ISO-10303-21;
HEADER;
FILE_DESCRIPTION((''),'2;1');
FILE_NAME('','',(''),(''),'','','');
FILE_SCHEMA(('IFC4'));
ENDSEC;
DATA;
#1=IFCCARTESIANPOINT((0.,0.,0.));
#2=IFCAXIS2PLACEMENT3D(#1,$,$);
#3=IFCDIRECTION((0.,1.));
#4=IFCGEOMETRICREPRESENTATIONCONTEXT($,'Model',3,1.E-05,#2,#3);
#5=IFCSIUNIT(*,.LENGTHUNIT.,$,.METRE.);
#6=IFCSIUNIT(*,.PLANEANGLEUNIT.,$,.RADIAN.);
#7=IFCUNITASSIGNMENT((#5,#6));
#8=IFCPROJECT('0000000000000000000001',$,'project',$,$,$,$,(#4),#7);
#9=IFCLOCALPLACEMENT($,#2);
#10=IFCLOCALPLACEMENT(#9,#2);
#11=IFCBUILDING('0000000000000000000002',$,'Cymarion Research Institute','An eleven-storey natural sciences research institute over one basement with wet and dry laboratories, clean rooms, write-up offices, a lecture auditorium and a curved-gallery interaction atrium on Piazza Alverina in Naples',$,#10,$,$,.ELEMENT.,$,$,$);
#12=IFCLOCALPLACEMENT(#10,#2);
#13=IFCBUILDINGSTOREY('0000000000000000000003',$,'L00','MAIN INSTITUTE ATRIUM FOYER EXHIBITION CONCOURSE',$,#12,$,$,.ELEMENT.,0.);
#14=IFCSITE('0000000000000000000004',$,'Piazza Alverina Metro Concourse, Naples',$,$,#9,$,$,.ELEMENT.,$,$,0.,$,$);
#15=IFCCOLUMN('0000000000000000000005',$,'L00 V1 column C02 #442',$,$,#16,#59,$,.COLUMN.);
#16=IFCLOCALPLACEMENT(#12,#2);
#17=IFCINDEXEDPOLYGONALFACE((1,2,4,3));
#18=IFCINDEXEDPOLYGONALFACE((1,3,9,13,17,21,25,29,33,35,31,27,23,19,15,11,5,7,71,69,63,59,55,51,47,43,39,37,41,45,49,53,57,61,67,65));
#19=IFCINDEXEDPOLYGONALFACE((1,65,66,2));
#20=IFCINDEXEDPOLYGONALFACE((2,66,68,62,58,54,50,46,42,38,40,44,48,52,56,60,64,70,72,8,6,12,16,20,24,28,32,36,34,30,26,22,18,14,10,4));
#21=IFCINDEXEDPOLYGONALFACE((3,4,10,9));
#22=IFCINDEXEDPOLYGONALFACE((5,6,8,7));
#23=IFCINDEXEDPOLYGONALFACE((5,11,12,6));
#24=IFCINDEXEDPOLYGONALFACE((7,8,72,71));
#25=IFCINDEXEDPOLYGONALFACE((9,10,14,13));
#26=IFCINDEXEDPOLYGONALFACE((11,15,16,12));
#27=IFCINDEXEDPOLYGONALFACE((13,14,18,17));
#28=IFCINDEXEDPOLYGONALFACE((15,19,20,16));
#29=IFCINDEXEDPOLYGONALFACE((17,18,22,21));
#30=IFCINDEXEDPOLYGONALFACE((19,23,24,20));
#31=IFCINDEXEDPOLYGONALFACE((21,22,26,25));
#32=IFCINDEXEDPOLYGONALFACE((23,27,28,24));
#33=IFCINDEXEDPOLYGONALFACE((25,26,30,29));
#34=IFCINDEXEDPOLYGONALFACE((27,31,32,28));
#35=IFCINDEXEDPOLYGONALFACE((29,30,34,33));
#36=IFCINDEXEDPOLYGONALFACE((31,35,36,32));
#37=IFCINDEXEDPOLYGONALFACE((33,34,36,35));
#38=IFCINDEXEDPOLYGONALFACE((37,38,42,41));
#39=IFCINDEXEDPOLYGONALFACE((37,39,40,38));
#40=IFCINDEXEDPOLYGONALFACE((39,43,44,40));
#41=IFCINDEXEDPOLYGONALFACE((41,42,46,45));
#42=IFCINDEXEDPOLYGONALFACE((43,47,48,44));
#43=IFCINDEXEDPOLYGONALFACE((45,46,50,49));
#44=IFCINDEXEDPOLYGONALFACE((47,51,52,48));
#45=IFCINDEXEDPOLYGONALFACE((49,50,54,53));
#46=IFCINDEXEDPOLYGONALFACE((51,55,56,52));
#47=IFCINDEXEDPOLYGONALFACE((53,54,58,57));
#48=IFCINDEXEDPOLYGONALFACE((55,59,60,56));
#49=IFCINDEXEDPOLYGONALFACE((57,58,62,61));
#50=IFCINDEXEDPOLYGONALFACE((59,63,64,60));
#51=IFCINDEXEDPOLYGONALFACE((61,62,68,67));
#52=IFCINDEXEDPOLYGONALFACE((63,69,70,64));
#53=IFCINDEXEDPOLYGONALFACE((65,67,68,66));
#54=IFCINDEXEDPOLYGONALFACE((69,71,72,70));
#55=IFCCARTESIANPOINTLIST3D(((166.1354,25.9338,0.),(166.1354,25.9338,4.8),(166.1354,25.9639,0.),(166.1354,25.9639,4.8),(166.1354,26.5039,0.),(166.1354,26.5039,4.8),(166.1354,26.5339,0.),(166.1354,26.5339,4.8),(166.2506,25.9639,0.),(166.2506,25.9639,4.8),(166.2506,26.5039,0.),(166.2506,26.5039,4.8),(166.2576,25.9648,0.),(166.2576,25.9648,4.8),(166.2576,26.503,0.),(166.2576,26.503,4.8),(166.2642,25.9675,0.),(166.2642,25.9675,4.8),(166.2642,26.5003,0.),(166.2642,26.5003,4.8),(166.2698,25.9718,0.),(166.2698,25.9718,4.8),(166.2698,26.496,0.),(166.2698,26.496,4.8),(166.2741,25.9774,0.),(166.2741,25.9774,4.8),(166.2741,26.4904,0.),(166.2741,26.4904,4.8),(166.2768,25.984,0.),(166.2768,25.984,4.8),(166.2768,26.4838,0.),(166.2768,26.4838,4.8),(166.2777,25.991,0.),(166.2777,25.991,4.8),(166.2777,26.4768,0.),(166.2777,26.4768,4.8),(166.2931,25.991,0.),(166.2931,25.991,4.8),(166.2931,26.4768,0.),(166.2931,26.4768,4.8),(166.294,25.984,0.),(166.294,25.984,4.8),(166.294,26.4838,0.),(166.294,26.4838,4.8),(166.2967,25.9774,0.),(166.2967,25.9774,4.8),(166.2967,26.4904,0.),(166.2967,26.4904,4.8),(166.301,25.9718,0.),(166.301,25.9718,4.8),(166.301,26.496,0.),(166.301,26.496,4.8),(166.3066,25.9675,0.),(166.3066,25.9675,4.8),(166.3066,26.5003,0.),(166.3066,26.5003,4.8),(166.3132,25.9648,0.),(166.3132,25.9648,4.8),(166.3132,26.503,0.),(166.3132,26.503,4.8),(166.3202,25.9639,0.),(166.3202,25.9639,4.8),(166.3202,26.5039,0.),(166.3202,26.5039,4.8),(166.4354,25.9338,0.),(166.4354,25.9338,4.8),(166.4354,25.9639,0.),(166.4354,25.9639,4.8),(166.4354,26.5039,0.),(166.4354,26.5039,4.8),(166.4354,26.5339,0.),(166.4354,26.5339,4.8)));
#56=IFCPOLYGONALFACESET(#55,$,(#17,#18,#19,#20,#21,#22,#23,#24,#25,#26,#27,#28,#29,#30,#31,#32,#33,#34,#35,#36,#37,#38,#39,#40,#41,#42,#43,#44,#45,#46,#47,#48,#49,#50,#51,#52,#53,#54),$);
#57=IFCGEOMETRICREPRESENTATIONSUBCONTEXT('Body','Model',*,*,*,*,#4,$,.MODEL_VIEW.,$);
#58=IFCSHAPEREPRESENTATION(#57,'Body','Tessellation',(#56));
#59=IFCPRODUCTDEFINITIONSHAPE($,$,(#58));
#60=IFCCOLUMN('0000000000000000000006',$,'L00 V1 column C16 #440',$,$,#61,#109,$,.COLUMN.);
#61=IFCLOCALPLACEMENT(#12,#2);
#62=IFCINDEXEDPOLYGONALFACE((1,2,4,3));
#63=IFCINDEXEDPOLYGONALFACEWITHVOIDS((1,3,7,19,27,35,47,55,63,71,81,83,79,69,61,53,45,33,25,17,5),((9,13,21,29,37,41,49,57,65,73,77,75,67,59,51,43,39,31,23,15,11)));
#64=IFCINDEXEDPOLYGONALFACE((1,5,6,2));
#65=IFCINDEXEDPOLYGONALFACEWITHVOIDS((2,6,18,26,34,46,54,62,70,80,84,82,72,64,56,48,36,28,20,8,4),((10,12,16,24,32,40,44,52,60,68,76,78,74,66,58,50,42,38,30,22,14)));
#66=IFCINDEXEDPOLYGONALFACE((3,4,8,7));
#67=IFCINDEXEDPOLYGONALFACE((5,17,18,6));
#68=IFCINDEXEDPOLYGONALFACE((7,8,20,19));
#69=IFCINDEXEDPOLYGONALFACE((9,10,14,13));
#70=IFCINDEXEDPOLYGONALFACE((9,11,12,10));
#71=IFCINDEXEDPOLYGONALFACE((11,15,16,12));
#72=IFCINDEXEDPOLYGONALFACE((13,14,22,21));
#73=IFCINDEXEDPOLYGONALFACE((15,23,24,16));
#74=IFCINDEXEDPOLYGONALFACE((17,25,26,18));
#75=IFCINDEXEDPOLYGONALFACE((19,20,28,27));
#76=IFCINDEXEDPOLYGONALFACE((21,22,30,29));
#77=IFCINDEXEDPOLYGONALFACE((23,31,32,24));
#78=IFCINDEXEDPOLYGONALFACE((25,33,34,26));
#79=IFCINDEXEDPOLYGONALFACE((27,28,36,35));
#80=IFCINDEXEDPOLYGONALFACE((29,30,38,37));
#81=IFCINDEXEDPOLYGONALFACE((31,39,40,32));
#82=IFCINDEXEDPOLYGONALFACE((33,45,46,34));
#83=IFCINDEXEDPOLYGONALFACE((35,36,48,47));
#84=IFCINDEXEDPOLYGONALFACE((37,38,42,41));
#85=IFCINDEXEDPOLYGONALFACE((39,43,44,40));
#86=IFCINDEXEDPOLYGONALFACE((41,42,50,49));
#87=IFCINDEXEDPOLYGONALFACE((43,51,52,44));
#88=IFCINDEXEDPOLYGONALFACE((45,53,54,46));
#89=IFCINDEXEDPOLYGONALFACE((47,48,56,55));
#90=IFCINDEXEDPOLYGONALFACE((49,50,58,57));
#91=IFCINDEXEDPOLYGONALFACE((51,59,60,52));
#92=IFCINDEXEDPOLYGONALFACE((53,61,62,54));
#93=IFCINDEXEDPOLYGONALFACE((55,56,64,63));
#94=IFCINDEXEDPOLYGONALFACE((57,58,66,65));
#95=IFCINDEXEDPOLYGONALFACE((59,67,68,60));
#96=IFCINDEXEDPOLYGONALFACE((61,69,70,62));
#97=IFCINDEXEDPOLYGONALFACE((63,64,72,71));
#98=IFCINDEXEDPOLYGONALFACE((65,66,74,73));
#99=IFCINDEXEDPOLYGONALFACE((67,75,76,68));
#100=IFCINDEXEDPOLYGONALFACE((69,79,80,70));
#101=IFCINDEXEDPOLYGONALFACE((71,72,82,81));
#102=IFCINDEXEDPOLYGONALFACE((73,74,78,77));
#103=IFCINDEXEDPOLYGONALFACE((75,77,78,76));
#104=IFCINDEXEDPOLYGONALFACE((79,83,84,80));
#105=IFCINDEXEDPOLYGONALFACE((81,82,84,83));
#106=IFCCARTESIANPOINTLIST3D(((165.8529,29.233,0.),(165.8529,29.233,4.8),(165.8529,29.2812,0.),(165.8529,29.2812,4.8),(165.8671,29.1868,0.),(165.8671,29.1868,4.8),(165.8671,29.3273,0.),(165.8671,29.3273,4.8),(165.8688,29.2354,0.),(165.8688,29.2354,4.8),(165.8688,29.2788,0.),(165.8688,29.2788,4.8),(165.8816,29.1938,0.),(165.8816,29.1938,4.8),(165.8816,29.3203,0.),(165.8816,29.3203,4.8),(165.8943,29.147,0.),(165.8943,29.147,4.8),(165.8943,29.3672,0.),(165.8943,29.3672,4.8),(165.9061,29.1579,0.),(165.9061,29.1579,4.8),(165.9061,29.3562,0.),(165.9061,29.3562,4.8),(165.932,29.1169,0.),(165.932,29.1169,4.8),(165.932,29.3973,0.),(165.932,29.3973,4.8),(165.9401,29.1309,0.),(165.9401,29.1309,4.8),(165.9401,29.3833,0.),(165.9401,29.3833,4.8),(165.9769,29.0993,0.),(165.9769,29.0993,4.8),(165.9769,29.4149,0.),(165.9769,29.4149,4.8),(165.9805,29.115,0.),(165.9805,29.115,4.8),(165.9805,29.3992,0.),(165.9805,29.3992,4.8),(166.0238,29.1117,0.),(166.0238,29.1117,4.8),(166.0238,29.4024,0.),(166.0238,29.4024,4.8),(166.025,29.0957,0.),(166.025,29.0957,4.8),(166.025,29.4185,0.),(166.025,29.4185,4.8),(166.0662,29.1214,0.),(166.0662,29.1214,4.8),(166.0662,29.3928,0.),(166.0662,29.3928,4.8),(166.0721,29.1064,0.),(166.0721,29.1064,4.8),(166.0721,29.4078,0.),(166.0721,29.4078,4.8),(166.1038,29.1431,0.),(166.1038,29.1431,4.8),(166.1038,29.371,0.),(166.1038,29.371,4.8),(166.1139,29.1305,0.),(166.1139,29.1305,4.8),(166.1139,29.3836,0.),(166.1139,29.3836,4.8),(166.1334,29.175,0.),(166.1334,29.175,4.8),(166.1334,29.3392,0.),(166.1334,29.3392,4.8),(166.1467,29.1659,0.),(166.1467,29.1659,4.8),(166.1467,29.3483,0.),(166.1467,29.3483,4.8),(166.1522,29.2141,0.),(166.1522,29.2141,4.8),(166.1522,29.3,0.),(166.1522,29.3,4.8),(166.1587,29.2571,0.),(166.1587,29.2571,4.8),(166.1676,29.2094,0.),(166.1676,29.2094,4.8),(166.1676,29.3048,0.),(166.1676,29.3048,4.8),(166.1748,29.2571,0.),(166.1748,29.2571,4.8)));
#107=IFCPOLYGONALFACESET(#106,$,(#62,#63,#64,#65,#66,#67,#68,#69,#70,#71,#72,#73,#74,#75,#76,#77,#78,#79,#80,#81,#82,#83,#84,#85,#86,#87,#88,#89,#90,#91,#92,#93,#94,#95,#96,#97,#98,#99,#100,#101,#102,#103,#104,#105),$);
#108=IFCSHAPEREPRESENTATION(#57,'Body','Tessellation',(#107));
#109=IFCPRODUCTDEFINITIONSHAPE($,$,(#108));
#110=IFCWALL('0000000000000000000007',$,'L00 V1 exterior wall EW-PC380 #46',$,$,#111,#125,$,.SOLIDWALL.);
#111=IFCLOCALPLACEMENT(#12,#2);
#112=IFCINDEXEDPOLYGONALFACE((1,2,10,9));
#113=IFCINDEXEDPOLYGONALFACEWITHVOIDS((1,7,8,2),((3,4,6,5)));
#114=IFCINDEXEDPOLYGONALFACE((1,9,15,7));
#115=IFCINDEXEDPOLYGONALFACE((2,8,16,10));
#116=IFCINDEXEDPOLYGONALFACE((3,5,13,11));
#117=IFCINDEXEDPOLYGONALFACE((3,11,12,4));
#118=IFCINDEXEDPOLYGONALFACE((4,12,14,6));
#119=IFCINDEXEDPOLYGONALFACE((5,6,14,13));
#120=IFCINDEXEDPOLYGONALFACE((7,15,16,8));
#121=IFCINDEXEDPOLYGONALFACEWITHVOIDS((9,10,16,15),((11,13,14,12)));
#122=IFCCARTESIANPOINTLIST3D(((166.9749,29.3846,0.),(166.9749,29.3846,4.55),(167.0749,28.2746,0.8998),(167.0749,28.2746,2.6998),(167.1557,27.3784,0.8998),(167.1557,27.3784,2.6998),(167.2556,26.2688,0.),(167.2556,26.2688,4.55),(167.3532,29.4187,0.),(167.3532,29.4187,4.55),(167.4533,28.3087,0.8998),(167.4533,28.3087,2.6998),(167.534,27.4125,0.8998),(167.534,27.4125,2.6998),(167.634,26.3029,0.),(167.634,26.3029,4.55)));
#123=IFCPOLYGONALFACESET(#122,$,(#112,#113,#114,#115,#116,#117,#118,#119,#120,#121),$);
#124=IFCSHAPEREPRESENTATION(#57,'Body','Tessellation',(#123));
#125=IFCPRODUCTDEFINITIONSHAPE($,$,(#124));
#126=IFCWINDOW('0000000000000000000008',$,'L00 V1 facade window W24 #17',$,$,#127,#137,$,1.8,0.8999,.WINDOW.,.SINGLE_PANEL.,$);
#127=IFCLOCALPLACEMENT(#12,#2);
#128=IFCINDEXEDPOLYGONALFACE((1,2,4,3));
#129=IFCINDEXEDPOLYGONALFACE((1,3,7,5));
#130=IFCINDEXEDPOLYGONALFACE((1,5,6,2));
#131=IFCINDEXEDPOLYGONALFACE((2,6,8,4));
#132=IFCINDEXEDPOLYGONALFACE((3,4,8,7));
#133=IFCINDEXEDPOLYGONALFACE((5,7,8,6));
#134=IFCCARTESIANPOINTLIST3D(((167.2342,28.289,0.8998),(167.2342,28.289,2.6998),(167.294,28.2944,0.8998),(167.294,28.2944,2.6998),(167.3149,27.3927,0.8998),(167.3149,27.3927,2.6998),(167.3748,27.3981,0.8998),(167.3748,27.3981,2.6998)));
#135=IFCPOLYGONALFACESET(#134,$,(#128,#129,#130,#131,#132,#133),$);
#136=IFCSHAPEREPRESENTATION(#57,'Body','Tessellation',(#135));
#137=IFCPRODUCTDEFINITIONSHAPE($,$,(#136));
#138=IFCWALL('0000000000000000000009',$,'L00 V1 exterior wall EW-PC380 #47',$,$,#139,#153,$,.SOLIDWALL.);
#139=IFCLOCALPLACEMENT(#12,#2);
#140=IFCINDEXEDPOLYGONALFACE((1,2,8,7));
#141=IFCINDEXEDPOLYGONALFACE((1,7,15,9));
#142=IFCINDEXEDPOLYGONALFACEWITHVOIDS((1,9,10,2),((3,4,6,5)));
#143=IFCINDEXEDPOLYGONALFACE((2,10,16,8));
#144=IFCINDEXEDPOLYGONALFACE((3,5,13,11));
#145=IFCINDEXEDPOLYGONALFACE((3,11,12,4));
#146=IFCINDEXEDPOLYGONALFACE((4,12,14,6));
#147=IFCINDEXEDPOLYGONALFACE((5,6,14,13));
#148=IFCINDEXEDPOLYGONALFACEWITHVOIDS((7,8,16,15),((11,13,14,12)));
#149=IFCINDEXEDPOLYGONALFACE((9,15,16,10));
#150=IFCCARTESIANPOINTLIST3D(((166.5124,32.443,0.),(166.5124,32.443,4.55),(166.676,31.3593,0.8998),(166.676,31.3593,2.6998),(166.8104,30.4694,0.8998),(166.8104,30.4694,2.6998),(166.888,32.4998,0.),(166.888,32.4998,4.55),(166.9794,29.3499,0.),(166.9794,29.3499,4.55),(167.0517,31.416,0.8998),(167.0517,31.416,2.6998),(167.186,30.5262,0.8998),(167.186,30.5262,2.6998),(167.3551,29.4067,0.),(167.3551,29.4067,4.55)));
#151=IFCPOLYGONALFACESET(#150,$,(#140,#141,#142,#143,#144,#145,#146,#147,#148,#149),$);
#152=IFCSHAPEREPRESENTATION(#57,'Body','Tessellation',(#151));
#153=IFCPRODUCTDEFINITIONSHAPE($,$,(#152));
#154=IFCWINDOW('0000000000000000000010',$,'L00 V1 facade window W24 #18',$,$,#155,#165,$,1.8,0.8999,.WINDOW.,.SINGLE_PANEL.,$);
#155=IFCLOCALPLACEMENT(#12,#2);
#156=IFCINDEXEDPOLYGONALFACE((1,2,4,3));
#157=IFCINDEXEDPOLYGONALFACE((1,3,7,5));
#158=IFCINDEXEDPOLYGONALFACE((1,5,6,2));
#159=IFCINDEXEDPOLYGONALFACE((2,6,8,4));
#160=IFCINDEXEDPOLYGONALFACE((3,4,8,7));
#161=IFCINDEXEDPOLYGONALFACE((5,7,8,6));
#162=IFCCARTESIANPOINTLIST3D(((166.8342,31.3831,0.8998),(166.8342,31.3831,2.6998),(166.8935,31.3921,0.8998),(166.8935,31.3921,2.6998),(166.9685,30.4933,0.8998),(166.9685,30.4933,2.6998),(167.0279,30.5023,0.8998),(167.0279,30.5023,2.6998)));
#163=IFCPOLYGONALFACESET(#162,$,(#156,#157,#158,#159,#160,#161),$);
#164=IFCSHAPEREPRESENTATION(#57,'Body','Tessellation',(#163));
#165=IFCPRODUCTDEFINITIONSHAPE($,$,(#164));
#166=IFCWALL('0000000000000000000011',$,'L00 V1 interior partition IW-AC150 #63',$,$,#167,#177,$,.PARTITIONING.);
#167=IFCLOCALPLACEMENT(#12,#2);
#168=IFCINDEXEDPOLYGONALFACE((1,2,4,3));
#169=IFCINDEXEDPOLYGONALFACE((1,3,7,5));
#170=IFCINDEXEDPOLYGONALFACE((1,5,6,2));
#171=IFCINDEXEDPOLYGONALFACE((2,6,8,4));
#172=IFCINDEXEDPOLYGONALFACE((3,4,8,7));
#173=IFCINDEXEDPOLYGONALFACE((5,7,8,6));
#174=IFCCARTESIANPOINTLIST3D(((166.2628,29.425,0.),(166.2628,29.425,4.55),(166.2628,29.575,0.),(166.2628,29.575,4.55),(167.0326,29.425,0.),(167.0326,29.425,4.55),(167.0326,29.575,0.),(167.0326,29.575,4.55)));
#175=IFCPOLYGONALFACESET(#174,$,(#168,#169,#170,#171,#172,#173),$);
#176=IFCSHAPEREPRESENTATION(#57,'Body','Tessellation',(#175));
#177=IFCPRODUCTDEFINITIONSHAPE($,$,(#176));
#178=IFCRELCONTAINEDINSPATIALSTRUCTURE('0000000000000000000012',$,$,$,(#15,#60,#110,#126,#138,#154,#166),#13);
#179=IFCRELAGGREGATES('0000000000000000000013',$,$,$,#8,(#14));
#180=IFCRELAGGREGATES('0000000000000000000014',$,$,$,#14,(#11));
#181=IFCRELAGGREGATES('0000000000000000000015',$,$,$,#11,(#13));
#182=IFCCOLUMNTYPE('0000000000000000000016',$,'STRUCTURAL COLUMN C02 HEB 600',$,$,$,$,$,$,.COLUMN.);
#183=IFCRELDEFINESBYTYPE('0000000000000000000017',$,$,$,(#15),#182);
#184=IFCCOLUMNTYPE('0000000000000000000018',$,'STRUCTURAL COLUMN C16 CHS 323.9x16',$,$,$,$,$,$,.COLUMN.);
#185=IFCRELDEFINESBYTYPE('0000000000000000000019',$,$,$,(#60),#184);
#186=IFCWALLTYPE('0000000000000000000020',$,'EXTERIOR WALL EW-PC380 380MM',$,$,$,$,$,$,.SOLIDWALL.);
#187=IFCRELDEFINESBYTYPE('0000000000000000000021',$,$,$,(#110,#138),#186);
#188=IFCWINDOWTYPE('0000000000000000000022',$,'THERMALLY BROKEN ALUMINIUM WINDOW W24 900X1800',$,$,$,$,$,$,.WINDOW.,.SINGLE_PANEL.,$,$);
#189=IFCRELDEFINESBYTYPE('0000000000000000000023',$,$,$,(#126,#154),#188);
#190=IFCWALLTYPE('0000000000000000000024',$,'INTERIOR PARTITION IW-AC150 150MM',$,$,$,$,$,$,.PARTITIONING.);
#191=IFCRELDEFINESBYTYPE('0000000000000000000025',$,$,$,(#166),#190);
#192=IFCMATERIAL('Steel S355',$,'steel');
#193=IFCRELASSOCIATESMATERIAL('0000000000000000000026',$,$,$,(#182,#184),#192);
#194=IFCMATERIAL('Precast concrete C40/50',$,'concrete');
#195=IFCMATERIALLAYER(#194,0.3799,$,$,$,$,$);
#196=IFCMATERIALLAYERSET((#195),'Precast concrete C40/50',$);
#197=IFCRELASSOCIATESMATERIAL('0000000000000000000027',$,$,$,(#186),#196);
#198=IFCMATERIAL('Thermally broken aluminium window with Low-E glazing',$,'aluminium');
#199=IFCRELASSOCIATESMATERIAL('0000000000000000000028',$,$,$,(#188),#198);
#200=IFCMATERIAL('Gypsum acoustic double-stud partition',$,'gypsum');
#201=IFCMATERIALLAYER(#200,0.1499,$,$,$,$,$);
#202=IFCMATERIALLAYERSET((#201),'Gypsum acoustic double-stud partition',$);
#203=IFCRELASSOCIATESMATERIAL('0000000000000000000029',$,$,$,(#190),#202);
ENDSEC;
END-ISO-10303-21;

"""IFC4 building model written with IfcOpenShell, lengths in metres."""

from ifc_helpers import new_model, si_unit, direction, frame, frame_2d, origin, origin_2d, place, context, subcontext, project, spatial, rectangle, hollow_circle, i_section, extrude, material, layer, layer_set, material_profile, profile_set, type_object, element, fill, save


model = new_model("IFC4")

# Units and contexts
model_context = context("Model", 3, precision=1e-05, world=origin(), true_north=direction((0.0, 1.0)))
body_context = subcontext(model_context, "Body", "Model", "MODEL_VIEW")
ifc_project = project(units=[si_unit("LENGTHUNIT", "METRE"), si_unit("PLANEANGLEUNIT", "RADIAN")], contexts=[model_context])

# Site, building, storey
site_placement = place(None, origin())
site = spatial("IfcSite", under=ifc_project, at=site_placement, Name="Piazza Alverina Metro Concourse, Naples", CompositionType="ELEMENT", RefElevation=0.0)
building_placement = place(site_placement, origin())
building = spatial("IfcBuilding", under=site, at=building_placement, Name="Cymarion Research Institute", Description="An eleven-storey natural sciences research institute over one basement with wet and dry laboratories, clean rooms, write-up offices, a lecture auditorium and a curved-gallery interaction atrium on Piazza Alverina in Naples", CompositionType="ELEMENT")
storey_placement = place(building_placement, origin())
storey = spatial("IfcBuildingStorey", under=building, at=storey_placement, Name="L00", Description="MAIN INSTITUTE ATRIUM FOYER EXHIBITION CONCOURSE", CompositionType="ELEMENT", Elevation=0.0)

# Columns
ifc_material_1 = material(Name="Steel S355", Category="steel")
ifc_material_profile_1 = material_profile(ifc_material_1, i_section(OverallWidth=0.3, OverallDepth=0.6001, WebThickness=0.0154, FlangeThickness=0.03, FilletRadius=0.0271, at=origin_2d()), Name="HEB 600")
ifc_profile_set_1 = profile_set([ifc_material_profile_1], Name="Steel S355")
column_type_1 = type_object("IfcColumnType", Name="STRUCTURAL COLUMN C02 HEB 600", PredefinedType="COLUMN", material=ifc_profile_set_1)
column_1_placement = place(storey_placement, frame((166.2854, 26.2339, 0.0), z_axis=(0.0, 0.0, 1.0), x_axis=(1.0, 0.0, 0.0)))
element("IfcColumn", 1, at=column_1_placement, inside=storey, type_object=column_type_1, Name="L00 V1 column C02 #442", PredefinedType="COLUMN", context=body_context, shape_type="SweptSolid", body=[
    extrude(i_section(OverallWidth=0.3, OverallDepth=0.6001, WebThickness=0.0154, FlangeThickness=0.03, FilletRadius=0.0271, at=origin_2d()), origin(), (0.0, 0.0, 1.0), 4.8),
])
ifc_material_profile_2 = material_profile(ifc_material_1, hollow_circle(Radius=0.1619, WallThickness=0.0161, at=origin_2d()), Name="CHS 323.9x16")
ifc_profile_set_2 = profile_set([ifc_material_profile_2], Name="Steel S355")
column_type_2 = type_object("IfcColumnType", Name="STRUCTURAL COLUMN C16 CHS 323.9x16", PredefinedType="COLUMN", material=ifc_profile_set_2)
column_2_placement = place(storey_placement, frame((166.0129, 29.2571, 0.0), z_axis=(0.0, 0.0, 1.0), x_axis=(1.0, 0.0, 0.0)))
element("IfcColumn", 2, at=column_2_placement, inside=storey, type_object=column_type_2, Name="L00 V1 column C16 #440", PredefinedType="COLUMN", context=body_context, shape_type="SweptSolid", body=[
    extrude(hollow_circle(Radius=0.1619, WallThickness=0.0161, at=origin_2d()), origin(), (0.0, 0.0, 1.0), 4.8),
])

# Walls, openings, windows
ifc_material_2 = material(Name="Precast concrete C40/50", Category="concrete")
ifc_layer_1 = layer(ifc_material_2, 0.3799)
ifc_layer_set_1 = layer_set([ifc_layer_1], Name="Precast concrete C40/50")
wall_type_1 = type_object("IfcWallType", Name="EXTERIOR WALL EW-PC380 380MM", PredefinedType="SOLIDWALL", material=ifc_layer_set_1)
wall_1_placement = place(storey_placement, frame((167.4448, 26.2859, 0.0), z_axis=(0.0, 0.0, 1.0), x_axis=(-0.089748, 0.995965, 0.0)))
wall_1 = element("IfcWall", 3, at=wall_1_placement, inside=storey, type_object=wall_type_1, Name="L00 V1 exterior wall EW-PC380 #46", PredefinedType="SOLIDWALL", context=body_context, shape_type="SweptSolid", body=[
    extrude(rectangle(XDim=3.1284, YDim=0.3799, at=frame_2d((1.5642, 0.0))), origin(), (0.0, 0.0, 1.0), 4.55),
])
opening_1_placement = place(wall_1_placement, frame((1.114, 0.0, 0.8999)))
opening_1 = element("IfcOpeningElement", 4, at=opening_1_placement, cuts=wall_1, PredefinedType="OPENING", context=body_context, shape_type="SweptSolid", body=[
    extrude(rectangle(XDim=0.8999, YDim=1.8, at=frame_2d((0.45, 0.8999))), frame((0.0, 0.2, 0.0), z_axis=(0.0, -1.0, 0.0), x_axis=(1.0, 0.0, 0.0)), (0.0, 0.0, 1.0), 0.3999),
])
ifc_material_3 = material(Name="Thermally broken aluminium window with Low-E glazing", Category="aluminium")
window_type = type_object("IfcWindowType", Name="THERMALLY BROKEN ALUMINIUM WINDOW W24 900X1800", PartitioningType="SINGLE_PANEL", PredefinedType="WINDOW", material=ifc_material_3)
window_1_placement = place(opening_1_placement, origin())
window_1 = element("IfcWindow", 5, at=window_1_placement, inside=storey, type_object=window_type, Name="L00 V1 facade window W24 #17", OverallHeight=1.8, OverallWidth=0.8999, PartitioningType="SINGLE_PANEL", PredefinedType="WINDOW", context=body_context, shape_type="SweptSolid", body=[
    extrude(rectangle(XDim=0.8999, YDim=1.8, at=frame_2d((0.45, 0.8999))), frame((0.0, 0.03, 0.0), z_axis=(0.0, -1.0, 0.0), x_axis=(1.0, 0.0, 0.0)), (0.0, 0.0, 1.0), 0.0601),
])
fill(opening_1, window_1)
wall_2_placement = place(storey_placement, frame((167.1672, 29.3784, 0.0), z_axis=(0.0, 0.0, 1.0), x_axis=(-0.149306, 0.988791, 0.0)))
wall_2 = element("IfcWall", 6, at=wall_2_placement, inside=storey, type_object=wall_type_1, Name="L00 V1 exterior wall EW-PC380 #47", PredefinedType="SOLIDWALL", context=body_context, shape_type="SweptSolid", body=[
    extrude(rectangle(XDim=3.1282, YDim=0.3799, at=frame_2d((1.564, 0.0))), origin(), (0.0, 0.0, 1.0), 4.55),
])
opening_2_placement = place(wall_2_placement, frame((1.1321, 0.0, 0.8999)))
opening_2 = element("IfcOpeningElement", 7, at=opening_2_placement, cuts=wall_2, PredefinedType="OPENING", context=body_context, shape_type="SweptSolid", body=[
    extrude(rectangle(XDim=0.8999, YDim=1.8, at=frame_2d((0.45, 0.8999))), frame((0.0, 0.2, 0.0), z_axis=(0.0, -1.0, 0.0), x_axis=(1.0, 0.0, 0.0)), (0.0, 0.0, 1.0), 0.3999),
])
window_2_placement = place(opening_2_placement, origin())
window_2 = element("IfcWindow", 8, at=window_2_placement, inside=storey, type_object=window_type, Name="L00 V1 facade window W24 #18", OverallHeight=1.8, OverallWidth=0.8999, PartitioningType="SINGLE_PANEL", PredefinedType="WINDOW", context=body_context, shape_type="SweptSolid", body=[
    extrude(rectangle(XDim=0.8999, YDim=1.8, at=frame_2d((0.45, 0.8999))), frame((0.0, 0.03, 0.0), z_axis=(0.0, -1.0, 0.0), x_axis=(1.0, 0.0, 0.0)), (0.0, 0.0, 1.0), 0.0601),
])
fill(opening_2, window_2)

# Wall
ifc_material_4 = material(Name="Gypsum acoustic double-stud partition", Category="gypsum")
ifc_layer_2 = layer(ifc_material_4, 0.1499)
ifc_layer_set_2 = layer_set([ifc_layer_2], Name="Gypsum acoustic double-stud partition")
wall_type_2 = type_object("IfcWallType", Name="INTERIOR PARTITION IW-AC150 150MM", PredefinedType="PARTITIONING", material=ifc_layer_set_2)
wall_3_placement = place(storey_placement, frame((166.2629, 29.5, 0.0), z_axis=(0.0, 0.0, 1.0), x_axis=(1.0, 0.0, 0.0)))
element("IfcWall", 9, at=wall_3_placement, inside=storey, type_object=wall_type_2, Name="L00 V1 interior partition IW-AC150 #63", PredefinedType="PARTITIONING", context=body_context, shape_type="SweptSolid", body=[
    extrude(rectangle(XDim=0.7698, YDim=0.1499, at=frame_2d((0.3848, 0.0))), origin(), (0.0, 0.0, 1.0), 4.55),
])

save(model, "model.ifc")
